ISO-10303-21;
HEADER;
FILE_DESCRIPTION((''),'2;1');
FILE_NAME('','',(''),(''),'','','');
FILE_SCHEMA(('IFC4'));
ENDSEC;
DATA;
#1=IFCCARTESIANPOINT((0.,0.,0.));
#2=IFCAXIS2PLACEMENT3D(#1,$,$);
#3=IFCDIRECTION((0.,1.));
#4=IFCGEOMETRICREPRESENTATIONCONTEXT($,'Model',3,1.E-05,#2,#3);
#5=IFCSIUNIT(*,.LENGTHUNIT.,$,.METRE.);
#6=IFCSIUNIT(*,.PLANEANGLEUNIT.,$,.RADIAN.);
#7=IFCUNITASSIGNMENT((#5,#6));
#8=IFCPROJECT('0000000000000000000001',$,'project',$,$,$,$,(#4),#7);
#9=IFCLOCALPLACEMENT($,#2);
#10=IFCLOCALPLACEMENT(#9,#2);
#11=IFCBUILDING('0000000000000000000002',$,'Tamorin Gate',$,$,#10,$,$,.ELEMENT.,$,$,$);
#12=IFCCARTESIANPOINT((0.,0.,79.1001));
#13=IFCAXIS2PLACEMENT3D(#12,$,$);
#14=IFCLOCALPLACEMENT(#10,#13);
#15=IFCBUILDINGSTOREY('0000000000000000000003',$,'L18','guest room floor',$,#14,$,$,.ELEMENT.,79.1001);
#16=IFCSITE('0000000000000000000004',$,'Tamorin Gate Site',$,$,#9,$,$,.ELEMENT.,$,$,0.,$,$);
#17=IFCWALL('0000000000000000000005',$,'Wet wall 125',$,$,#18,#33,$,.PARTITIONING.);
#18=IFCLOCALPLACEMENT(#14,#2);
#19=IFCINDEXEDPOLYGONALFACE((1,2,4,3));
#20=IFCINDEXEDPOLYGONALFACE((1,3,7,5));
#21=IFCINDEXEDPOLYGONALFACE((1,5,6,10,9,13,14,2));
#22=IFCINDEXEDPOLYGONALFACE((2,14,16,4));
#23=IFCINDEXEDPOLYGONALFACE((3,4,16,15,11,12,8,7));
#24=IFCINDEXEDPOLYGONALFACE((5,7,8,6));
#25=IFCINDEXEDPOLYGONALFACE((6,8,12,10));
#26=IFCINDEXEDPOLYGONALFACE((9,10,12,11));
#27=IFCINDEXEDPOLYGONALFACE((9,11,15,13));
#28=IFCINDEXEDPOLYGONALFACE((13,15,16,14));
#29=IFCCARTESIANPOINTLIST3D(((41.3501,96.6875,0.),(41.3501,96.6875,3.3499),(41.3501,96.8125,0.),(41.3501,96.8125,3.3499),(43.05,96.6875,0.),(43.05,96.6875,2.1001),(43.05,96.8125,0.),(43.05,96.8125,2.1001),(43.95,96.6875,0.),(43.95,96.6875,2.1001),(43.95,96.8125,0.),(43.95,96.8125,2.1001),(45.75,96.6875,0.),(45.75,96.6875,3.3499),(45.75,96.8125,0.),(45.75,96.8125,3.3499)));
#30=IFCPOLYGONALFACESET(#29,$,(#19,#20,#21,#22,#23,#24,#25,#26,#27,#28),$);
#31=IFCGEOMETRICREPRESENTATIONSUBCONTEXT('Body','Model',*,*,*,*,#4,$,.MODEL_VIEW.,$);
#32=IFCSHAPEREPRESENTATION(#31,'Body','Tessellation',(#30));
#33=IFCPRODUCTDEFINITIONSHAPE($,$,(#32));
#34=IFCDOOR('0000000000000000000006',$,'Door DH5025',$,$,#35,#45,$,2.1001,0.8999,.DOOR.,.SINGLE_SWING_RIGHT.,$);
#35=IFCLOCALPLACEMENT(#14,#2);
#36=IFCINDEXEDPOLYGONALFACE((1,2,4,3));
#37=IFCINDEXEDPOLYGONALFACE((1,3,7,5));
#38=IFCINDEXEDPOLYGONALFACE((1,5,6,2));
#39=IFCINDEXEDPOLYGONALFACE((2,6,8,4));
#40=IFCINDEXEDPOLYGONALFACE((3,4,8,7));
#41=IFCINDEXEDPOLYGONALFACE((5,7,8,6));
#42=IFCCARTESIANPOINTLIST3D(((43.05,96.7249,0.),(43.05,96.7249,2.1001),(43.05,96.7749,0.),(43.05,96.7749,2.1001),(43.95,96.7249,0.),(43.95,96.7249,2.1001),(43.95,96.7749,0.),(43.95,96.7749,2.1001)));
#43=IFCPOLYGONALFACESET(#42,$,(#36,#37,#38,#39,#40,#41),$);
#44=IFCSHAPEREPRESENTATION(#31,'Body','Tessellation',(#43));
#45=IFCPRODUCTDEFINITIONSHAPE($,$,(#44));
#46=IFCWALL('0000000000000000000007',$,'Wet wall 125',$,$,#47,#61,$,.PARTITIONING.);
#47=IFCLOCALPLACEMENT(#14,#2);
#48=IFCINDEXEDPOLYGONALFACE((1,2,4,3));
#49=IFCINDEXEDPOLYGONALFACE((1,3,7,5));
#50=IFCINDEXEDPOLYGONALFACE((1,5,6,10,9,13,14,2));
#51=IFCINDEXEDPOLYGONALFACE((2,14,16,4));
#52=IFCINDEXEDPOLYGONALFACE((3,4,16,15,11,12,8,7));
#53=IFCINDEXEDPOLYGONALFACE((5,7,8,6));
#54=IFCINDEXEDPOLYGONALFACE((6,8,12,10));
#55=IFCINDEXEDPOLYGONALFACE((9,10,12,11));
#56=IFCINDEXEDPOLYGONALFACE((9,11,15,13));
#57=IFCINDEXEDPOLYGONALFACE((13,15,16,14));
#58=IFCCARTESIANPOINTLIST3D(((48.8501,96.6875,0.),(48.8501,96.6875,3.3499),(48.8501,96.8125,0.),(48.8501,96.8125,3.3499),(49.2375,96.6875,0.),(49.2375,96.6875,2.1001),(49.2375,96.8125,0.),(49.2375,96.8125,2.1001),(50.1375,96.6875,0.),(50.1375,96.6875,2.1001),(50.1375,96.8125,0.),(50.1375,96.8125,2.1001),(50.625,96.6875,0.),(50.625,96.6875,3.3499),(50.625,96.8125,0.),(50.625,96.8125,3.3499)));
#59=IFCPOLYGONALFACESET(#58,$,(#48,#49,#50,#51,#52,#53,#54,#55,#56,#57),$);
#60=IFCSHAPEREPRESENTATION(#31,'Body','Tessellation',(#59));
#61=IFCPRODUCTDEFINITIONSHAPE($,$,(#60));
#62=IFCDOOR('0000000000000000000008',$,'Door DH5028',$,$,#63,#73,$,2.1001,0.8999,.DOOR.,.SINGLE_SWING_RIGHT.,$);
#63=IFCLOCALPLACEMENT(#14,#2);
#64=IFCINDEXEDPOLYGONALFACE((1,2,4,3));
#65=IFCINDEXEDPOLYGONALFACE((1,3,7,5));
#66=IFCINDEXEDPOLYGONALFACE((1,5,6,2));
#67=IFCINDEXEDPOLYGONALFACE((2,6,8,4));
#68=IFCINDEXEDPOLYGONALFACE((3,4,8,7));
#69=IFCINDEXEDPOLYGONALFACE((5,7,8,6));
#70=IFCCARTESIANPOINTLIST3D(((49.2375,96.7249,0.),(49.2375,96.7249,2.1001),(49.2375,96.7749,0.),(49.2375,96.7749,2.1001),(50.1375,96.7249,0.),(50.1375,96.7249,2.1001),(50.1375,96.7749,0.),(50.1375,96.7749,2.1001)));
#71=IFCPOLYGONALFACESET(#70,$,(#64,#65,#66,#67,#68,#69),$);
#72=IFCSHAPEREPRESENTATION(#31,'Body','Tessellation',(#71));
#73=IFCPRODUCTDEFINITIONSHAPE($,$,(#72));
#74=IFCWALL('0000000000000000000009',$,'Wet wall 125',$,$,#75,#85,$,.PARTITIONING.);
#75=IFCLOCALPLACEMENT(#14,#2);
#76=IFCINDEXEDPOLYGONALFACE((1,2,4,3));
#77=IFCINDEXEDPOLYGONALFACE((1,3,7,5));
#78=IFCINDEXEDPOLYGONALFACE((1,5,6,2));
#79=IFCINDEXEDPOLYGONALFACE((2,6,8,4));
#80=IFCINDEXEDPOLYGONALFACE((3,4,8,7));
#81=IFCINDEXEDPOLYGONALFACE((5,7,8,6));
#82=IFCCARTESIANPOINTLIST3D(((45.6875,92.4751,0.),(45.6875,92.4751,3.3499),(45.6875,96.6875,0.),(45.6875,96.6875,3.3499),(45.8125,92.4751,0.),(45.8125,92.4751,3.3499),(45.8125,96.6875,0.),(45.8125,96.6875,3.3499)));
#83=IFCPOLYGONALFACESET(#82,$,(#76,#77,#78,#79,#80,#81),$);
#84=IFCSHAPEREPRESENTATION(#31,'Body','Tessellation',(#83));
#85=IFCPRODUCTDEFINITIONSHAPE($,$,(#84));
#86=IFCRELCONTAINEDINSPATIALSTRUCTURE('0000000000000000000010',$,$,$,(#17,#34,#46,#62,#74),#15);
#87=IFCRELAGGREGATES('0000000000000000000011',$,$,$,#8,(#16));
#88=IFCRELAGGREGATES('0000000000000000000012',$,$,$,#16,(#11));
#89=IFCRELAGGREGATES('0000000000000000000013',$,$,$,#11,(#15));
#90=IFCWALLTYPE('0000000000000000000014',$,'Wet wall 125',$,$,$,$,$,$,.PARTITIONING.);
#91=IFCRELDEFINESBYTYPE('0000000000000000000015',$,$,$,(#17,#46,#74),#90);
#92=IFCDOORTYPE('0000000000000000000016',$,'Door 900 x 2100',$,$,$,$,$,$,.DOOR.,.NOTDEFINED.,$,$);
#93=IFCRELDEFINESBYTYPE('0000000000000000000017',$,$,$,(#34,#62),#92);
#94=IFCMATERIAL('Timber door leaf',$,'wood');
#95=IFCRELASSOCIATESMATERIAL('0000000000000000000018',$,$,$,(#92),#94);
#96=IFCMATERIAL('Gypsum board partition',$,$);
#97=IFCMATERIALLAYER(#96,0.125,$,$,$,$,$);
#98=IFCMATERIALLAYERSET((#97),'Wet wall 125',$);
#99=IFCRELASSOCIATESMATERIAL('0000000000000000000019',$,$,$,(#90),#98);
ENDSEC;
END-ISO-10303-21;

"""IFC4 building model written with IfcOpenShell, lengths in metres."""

from ifc_helpers import new_model, si_unit, direction, frame, frame_2d, origin, place, context, subcontext, project, spatial, rectangle, extrude, material, layer, layer_set, type_object, element, fill, save


model = new_model("IFC4")

# Units and contexts
model_context = context("Model", 3, precision=1e-05, world=origin(), true_north=direction((0.0, 1.0)))
body_context = subcontext(model_context, "Body", "Model", "MODEL_VIEW")
ifc_project = project(units=[si_unit("LENGTHUNIT", "METRE"), si_unit("PLANEANGLEUNIT", "RADIAN")], contexts=[model_context])

# Site, building, storey
site_placement = place(None, origin())
site = spatial("IfcSite", under=ifc_project, at=site_placement, Name="Tamorin Gate Site", CompositionType="ELEMENT", RefElevation=0.0)
building_placement = place(site_placement, origin())
building = spatial("IfcBuilding", under=site, at=building_placement, Name="Tamorin Gate", CompositionType="ELEMENT")
storey_placement = place(building_placement, frame((0.0, 0.0, 79.1001)))
storey = spatial("IfcBuildingStorey", under=building, at=storey_placement, Name="L18", Description="guest room floor", CompositionType="ELEMENT", Elevation=79.1001)

# Shared definitions
ifc_material_1 = material(Name="Gypsum board partition")

# Walls, openings, doors
ifc_material_2 = material(Name="Timber door leaf", Category="wood")
door_type = type_object("IfcDoorType", Name="Door 900 x 2100", OperationType="NOTDEFINED", PredefinedType="DOOR", material=ifc_material_2)
ifc_layer_1 = layer(ifc_material_1, 0.125)
ifc_layer_set_1 = layer_set([ifc_layer_1], Name="Wet wall 125")
wall_type_1 = type_object("IfcWallType", Name="Wet wall 125", PredefinedType="PARTITIONING", material=ifc_layer_set_1)
wall_1_placement = place(storey_placement, frame((41.3501, 96.75, 0.0), z_axis=(0.0, 0.0, 1.0), x_axis=(1.0, 0.0, 0.0)))
wall_1 = element("IfcWall", 1, at=wall_1_placement, inside=storey, type_object=wall_type_1, Name="Wet wall 125", PredefinedType="PARTITIONING", context=body_context, shape_type="SweptSolid", body=[
    extrude(rectangle(XDim=4.3999, YDim=0.125, at=frame_2d((2.2, 0.0))), origin(), (0.0, 0.0, 1.0), 3.3499),
])
opening_1_placement = place(wall_1_placement, frame((1.7, 0.0, 0.0)))
opening_1 = element("IfcOpeningElement", 2, at=opening_1_placement, cuts=wall_1, PredefinedType="OPENING", context=body_context, shape_type="SweptSolid", body=[
    extrude(rectangle(XDim=0.8999, YDim=2.1001, at=frame_2d((0.45, 1.05))), frame((0.0, 0.0725, 0.0), z_axis=(0.0, -1.0, 0.0), x_axis=(1.0, 0.0, 0.0)), (0.0, 0.0, 1.0), 0.145),
])
door_1_placement = place(opening_1_placement, origin())
door_1 = element("IfcDoor", 3, at=door_1_placement, inside=storey, type_object=door_type, Name="Door DH5025", OperationType="SINGLE_SWING_RIGHT", OverallHeight=2.1001, OverallWidth=0.8999, PredefinedType="DOOR", context=body_context, shape_type="SweptSolid", body=[
    extrude(rectangle(XDim=0.8999, YDim=2.1001, at=frame_2d((0.45, 1.05))), frame((0.0, 0.0249, 0.0), z_axis=(0.0, -1.0, 0.0), x_axis=(1.0, 0.0, 0.0)), (0.0, 0.0, 1.0), 0.05),
])
fill(opening_1, door_1)
wall_2_placement = place(storey_placement, frame((48.8501, 96.75, 0.0), z_axis=(0.0, 0.0, 1.0), x_axis=(1.0, 0.0, 0.0)))
wall_2 = element("IfcWall", 4, at=wall_2_placement, inside=storey, type_object=wall_type_1, Name="Wet wall 125", PredefinedType="PARTITIONING", context=body_context, shape_type="SweptSolid", body=[
    extrude(rectangle(XDim=1.7749, YDim=0.125, at=frame_2d((0.8875, 0.0))), origin(), (0.0, 0.0, 1.0), 3.3499),
])
opening_2_placement = place(wall_2_placement, frame((0.3875, 0.0, 0.0)))
opening_2 = element("IfcOpeningElement", 5, at=opening_2_placement, cuts=wall_2, PredefinedType="OPENING", context=body_context, shape_type="SweptSolid", body=[
    extrude(rectangle(XDim=0.8999, YDim=2.1001, at=frame_2d((0.45, 1.05))), frame((0.0, 0.0725, 0.0), z_axis=(0.0, -1.0, 0.0), x_axis=(1.0, 0.0, 0.0)), (0.0, 0.0, 1.0), 0.145),
])
door_2_placement = place(opening_2_placement, origin())
door_2 = element("IfcDoor", 6, at=door_2_placement, inside=storey, type_object=door_type, Name="Door DH5028", OperationType="SINGLE_SWING_RIGHT", OverallHeight=2.1001, OverallWidth=0.8999, PredefinedType="DOOR", context=body_context, shape_type="SweptSolid", body=[
    extrude(rectangle(XDim=0.8999, YDim=2.1001, at=frame_2d((0.45, 1.05))), frame((0.0, 0.0249, 0.0), z_axis=(0.0, -1.0, 0.0), x_axis=(1.0, 0.0, 0.0)), (0.0, 0.0, 1.0), 0.05),
])
fill(opening_2, door_2)

# Wall
wall_3_placement = place(storey_placement, frame((45.75, 92.4751, 0.0), z_axis=(0.0, 0.0, 1.0), x_axis=(0.0, 1.0, 0.0)))
element("IfcWall", 7, at=wall_3_placement, inside=storey, type_object=wall_type_1, Name="Wet wall 125", PredefinedType="PARTITIONING", context=body_context, shape_type="SweptSolid", body=[
    extrude(rectangle(XDim=4.2124, YDim=0.125, at=frame_2d((2.1062, 0.0))), origin(), (0.0, 0.0, 1.0), 3.3499),
])

save(model, "model.ifc")
